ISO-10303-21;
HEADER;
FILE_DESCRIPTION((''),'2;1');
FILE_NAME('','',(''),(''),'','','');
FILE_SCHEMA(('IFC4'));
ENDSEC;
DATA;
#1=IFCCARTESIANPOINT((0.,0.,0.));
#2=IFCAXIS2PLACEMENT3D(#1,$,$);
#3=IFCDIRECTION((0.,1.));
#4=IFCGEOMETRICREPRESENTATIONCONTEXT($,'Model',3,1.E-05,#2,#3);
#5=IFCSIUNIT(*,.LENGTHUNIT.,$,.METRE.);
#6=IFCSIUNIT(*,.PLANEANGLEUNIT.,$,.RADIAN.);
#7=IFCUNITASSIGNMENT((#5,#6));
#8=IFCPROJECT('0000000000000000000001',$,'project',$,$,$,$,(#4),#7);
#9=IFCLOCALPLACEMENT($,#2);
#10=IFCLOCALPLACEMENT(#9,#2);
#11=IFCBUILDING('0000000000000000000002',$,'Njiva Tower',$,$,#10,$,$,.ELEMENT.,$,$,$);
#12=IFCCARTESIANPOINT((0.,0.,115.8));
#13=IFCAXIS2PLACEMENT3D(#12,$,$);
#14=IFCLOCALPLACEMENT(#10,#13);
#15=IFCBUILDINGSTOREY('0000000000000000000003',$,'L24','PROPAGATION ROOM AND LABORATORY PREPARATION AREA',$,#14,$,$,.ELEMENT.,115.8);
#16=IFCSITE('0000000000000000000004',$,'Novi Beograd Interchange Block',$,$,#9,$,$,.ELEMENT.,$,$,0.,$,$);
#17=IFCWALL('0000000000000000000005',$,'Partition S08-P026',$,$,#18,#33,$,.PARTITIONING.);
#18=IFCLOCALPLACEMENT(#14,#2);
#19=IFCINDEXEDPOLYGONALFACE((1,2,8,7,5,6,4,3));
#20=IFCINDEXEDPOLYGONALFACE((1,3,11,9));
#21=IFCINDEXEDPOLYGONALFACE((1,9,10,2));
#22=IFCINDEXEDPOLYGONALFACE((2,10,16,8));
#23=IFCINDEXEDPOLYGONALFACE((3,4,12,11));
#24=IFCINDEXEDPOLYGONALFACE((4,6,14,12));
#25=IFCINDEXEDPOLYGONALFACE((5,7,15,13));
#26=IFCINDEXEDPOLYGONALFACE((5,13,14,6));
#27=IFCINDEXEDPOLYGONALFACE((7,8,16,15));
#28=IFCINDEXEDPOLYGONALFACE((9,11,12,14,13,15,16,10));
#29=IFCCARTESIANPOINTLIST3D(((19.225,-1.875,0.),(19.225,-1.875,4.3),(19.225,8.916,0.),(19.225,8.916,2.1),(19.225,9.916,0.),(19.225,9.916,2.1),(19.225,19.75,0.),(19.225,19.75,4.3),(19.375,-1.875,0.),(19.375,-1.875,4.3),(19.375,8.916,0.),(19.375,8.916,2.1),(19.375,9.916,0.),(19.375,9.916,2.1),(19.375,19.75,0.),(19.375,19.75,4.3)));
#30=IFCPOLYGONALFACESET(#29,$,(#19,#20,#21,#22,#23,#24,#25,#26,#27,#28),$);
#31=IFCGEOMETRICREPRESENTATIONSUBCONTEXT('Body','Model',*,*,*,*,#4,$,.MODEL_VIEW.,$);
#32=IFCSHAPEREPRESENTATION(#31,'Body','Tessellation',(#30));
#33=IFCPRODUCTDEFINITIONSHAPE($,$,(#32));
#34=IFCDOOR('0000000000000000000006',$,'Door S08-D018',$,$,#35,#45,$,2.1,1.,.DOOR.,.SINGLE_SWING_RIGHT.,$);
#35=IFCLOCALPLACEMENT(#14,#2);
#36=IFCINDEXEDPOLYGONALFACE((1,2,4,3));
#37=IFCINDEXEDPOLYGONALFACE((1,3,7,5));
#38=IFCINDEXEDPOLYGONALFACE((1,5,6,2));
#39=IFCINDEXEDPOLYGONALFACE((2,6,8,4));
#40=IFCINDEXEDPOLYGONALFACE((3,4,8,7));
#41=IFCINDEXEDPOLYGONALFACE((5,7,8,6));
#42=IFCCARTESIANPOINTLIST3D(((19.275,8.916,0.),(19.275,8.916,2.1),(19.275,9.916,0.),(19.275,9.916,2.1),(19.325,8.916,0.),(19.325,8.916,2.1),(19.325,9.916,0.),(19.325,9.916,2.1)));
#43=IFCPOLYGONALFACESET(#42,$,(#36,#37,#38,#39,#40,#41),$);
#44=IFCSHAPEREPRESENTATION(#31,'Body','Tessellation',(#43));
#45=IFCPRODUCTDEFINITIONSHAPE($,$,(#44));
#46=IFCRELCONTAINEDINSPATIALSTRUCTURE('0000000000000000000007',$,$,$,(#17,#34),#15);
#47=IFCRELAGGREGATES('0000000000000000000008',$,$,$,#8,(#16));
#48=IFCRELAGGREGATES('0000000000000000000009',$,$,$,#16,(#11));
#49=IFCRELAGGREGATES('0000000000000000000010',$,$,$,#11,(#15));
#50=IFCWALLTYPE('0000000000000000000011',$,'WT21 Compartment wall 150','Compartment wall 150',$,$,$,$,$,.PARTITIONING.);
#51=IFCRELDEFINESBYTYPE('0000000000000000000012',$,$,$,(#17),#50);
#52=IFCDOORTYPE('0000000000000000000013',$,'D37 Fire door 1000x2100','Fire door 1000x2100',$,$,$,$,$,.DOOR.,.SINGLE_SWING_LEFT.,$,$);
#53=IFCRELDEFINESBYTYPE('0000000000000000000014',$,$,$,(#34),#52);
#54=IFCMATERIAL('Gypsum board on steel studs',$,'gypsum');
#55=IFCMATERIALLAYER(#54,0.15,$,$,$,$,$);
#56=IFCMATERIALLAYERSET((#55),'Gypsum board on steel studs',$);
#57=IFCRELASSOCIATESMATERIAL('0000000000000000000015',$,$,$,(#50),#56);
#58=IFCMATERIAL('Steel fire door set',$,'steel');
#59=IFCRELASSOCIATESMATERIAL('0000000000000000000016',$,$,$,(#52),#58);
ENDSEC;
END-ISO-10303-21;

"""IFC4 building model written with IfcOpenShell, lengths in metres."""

from ifc_helpers import new_model, si_unit, direction, frame, frame_2d, origin, place, context, subcontext, project, spatial, rectangle, extrude, material, layer, layer_set, type_object, element, fill, save


model = new_model("IFC4")

# Units and contexts
model_context = context("Model", 3, precision=1e-05, world=origin(), true_north=direction((0.0, 1.0)))
body_context = subcontext(model_context, "Body", "Model", "MODEL_VIEW")
ifc_project = project(units=[si_unit("LENGTHUNIT", "METRE"), si_unit("PLANEANGLEUNIT", "RADIAN")], contexts=[model_context])

# Site, building, storey
site_placement = place(None, origin())
site = spatial("IfcSite", under=ifc_project, at=site_placement, Name="Novi Beograd Interchange Block", CompositionType="ELEMENT", RefElevation=0.0)
building_placement = place(site_placement, origin())
building = spatial("IfcBuilding", under=site, at=building_placement, Name="Njiva Tower", CompositionType="ELEMENT")
storey_placement = place(building_placement, frame((0.0, 0.0, 115.8)))
storey = spatial("IfcBuildingStorey", under=building, at=storey_placement, Name="L24", Description="PROPAGATION ROOM AND LABORATORY PREPARATION AREA", CompositionType="ELEMENT", Elevation=115.8)

# Wall, opening, door
ifc_material_1 = material(Name="Gypsum board on steel studs", Category="gypsum")
ifc_layer = layer(ifc_material_1, 0.15)
ifc_layer_set = layer_set([ifc_layer], Name="Gypsum board on steel studs")
wall_type = type_object("IfcWallType", Name="WT21 Compartment wall 150", Description="Compartment wall 150", PredefinedType="PARTITIONING", material=ifc_layer_set)
ifc_material_2 = material(Name="Steel fire door set", Category="steel")
door_type = type_object("IfcDoorType", Name="D37 Fire door 1000x2100", Description="Fire door 1000x2100", OperationType="SINGLE_SWING_LEFT", PredefinedType="DOOR", material=ifc_material_2)
wall_1_placement = place(storey_placement, frame((19.3, -1.875, 0.0), z_axis=(0.0, 0.0, 1.0), x_axis=(0.0, 1.0, 0.0)))
wall_1 = element("IfcWall", 1, at=wall_1_placement, inside=storey, type_object=wall_type, Name="Partition S08-P026", PredefinedType="PARTITIONING", context=body_context, shape_type="SweptSolid", body=[
    extrude(rectangle(XDim=21.625, YDim=0.15, at=frame_2d((10.8125, 0.0))), origin(), (0.0, 0.0, 1.0), 4.3),
])
opening_1_placement = place(wall_1_placement, frame((10.791, 0.0, 0.0)))
opening_1 = element("IfcOpeningElement", 2, at=opening_1_placement, cuts=wall_1, PredefinedType="OPENING", context=body_context, shape_type="SweptSolid", body=[
    extrude(rectangle(XDim=1.0, YDim=2.1, at=frame_2d((0.5, 1.05))), frame((0.0, 0.085, 0.0), z_axis=(0.0, -1.0, 0.0), x_axis=(1.0, 0.0, 0.0)), (0.0, 0.0, 1.0), 0.17),
])
door_1_placement = place(opening_1_placement, origin())
door_1 = element("IfcDoor", 3, at=door_1_placement, inside=storey, type_object=door_type, Name="Door S08-D018", OperationType="SINGLE_SWING_RIGHT", OverallHeight=2.1, OverallWidth=1.0, PredefinedType="DOOR", context=body_context, shape_type="SweptSolid", body=[
    extrude(rectangle(XDim=1.0, YDim=2.1, at=frame_2d((0.5, 1.05))), frame((0.0, 0.025, 0.0), z_axis=(0.0, -1.0, 0.0), x_axis=(1.0, 0.0, 0.0)), (0.0, 0.0, 1.0), 0.05),
])
fill(opening_1, door_1)

save(model, "model.ifc")
